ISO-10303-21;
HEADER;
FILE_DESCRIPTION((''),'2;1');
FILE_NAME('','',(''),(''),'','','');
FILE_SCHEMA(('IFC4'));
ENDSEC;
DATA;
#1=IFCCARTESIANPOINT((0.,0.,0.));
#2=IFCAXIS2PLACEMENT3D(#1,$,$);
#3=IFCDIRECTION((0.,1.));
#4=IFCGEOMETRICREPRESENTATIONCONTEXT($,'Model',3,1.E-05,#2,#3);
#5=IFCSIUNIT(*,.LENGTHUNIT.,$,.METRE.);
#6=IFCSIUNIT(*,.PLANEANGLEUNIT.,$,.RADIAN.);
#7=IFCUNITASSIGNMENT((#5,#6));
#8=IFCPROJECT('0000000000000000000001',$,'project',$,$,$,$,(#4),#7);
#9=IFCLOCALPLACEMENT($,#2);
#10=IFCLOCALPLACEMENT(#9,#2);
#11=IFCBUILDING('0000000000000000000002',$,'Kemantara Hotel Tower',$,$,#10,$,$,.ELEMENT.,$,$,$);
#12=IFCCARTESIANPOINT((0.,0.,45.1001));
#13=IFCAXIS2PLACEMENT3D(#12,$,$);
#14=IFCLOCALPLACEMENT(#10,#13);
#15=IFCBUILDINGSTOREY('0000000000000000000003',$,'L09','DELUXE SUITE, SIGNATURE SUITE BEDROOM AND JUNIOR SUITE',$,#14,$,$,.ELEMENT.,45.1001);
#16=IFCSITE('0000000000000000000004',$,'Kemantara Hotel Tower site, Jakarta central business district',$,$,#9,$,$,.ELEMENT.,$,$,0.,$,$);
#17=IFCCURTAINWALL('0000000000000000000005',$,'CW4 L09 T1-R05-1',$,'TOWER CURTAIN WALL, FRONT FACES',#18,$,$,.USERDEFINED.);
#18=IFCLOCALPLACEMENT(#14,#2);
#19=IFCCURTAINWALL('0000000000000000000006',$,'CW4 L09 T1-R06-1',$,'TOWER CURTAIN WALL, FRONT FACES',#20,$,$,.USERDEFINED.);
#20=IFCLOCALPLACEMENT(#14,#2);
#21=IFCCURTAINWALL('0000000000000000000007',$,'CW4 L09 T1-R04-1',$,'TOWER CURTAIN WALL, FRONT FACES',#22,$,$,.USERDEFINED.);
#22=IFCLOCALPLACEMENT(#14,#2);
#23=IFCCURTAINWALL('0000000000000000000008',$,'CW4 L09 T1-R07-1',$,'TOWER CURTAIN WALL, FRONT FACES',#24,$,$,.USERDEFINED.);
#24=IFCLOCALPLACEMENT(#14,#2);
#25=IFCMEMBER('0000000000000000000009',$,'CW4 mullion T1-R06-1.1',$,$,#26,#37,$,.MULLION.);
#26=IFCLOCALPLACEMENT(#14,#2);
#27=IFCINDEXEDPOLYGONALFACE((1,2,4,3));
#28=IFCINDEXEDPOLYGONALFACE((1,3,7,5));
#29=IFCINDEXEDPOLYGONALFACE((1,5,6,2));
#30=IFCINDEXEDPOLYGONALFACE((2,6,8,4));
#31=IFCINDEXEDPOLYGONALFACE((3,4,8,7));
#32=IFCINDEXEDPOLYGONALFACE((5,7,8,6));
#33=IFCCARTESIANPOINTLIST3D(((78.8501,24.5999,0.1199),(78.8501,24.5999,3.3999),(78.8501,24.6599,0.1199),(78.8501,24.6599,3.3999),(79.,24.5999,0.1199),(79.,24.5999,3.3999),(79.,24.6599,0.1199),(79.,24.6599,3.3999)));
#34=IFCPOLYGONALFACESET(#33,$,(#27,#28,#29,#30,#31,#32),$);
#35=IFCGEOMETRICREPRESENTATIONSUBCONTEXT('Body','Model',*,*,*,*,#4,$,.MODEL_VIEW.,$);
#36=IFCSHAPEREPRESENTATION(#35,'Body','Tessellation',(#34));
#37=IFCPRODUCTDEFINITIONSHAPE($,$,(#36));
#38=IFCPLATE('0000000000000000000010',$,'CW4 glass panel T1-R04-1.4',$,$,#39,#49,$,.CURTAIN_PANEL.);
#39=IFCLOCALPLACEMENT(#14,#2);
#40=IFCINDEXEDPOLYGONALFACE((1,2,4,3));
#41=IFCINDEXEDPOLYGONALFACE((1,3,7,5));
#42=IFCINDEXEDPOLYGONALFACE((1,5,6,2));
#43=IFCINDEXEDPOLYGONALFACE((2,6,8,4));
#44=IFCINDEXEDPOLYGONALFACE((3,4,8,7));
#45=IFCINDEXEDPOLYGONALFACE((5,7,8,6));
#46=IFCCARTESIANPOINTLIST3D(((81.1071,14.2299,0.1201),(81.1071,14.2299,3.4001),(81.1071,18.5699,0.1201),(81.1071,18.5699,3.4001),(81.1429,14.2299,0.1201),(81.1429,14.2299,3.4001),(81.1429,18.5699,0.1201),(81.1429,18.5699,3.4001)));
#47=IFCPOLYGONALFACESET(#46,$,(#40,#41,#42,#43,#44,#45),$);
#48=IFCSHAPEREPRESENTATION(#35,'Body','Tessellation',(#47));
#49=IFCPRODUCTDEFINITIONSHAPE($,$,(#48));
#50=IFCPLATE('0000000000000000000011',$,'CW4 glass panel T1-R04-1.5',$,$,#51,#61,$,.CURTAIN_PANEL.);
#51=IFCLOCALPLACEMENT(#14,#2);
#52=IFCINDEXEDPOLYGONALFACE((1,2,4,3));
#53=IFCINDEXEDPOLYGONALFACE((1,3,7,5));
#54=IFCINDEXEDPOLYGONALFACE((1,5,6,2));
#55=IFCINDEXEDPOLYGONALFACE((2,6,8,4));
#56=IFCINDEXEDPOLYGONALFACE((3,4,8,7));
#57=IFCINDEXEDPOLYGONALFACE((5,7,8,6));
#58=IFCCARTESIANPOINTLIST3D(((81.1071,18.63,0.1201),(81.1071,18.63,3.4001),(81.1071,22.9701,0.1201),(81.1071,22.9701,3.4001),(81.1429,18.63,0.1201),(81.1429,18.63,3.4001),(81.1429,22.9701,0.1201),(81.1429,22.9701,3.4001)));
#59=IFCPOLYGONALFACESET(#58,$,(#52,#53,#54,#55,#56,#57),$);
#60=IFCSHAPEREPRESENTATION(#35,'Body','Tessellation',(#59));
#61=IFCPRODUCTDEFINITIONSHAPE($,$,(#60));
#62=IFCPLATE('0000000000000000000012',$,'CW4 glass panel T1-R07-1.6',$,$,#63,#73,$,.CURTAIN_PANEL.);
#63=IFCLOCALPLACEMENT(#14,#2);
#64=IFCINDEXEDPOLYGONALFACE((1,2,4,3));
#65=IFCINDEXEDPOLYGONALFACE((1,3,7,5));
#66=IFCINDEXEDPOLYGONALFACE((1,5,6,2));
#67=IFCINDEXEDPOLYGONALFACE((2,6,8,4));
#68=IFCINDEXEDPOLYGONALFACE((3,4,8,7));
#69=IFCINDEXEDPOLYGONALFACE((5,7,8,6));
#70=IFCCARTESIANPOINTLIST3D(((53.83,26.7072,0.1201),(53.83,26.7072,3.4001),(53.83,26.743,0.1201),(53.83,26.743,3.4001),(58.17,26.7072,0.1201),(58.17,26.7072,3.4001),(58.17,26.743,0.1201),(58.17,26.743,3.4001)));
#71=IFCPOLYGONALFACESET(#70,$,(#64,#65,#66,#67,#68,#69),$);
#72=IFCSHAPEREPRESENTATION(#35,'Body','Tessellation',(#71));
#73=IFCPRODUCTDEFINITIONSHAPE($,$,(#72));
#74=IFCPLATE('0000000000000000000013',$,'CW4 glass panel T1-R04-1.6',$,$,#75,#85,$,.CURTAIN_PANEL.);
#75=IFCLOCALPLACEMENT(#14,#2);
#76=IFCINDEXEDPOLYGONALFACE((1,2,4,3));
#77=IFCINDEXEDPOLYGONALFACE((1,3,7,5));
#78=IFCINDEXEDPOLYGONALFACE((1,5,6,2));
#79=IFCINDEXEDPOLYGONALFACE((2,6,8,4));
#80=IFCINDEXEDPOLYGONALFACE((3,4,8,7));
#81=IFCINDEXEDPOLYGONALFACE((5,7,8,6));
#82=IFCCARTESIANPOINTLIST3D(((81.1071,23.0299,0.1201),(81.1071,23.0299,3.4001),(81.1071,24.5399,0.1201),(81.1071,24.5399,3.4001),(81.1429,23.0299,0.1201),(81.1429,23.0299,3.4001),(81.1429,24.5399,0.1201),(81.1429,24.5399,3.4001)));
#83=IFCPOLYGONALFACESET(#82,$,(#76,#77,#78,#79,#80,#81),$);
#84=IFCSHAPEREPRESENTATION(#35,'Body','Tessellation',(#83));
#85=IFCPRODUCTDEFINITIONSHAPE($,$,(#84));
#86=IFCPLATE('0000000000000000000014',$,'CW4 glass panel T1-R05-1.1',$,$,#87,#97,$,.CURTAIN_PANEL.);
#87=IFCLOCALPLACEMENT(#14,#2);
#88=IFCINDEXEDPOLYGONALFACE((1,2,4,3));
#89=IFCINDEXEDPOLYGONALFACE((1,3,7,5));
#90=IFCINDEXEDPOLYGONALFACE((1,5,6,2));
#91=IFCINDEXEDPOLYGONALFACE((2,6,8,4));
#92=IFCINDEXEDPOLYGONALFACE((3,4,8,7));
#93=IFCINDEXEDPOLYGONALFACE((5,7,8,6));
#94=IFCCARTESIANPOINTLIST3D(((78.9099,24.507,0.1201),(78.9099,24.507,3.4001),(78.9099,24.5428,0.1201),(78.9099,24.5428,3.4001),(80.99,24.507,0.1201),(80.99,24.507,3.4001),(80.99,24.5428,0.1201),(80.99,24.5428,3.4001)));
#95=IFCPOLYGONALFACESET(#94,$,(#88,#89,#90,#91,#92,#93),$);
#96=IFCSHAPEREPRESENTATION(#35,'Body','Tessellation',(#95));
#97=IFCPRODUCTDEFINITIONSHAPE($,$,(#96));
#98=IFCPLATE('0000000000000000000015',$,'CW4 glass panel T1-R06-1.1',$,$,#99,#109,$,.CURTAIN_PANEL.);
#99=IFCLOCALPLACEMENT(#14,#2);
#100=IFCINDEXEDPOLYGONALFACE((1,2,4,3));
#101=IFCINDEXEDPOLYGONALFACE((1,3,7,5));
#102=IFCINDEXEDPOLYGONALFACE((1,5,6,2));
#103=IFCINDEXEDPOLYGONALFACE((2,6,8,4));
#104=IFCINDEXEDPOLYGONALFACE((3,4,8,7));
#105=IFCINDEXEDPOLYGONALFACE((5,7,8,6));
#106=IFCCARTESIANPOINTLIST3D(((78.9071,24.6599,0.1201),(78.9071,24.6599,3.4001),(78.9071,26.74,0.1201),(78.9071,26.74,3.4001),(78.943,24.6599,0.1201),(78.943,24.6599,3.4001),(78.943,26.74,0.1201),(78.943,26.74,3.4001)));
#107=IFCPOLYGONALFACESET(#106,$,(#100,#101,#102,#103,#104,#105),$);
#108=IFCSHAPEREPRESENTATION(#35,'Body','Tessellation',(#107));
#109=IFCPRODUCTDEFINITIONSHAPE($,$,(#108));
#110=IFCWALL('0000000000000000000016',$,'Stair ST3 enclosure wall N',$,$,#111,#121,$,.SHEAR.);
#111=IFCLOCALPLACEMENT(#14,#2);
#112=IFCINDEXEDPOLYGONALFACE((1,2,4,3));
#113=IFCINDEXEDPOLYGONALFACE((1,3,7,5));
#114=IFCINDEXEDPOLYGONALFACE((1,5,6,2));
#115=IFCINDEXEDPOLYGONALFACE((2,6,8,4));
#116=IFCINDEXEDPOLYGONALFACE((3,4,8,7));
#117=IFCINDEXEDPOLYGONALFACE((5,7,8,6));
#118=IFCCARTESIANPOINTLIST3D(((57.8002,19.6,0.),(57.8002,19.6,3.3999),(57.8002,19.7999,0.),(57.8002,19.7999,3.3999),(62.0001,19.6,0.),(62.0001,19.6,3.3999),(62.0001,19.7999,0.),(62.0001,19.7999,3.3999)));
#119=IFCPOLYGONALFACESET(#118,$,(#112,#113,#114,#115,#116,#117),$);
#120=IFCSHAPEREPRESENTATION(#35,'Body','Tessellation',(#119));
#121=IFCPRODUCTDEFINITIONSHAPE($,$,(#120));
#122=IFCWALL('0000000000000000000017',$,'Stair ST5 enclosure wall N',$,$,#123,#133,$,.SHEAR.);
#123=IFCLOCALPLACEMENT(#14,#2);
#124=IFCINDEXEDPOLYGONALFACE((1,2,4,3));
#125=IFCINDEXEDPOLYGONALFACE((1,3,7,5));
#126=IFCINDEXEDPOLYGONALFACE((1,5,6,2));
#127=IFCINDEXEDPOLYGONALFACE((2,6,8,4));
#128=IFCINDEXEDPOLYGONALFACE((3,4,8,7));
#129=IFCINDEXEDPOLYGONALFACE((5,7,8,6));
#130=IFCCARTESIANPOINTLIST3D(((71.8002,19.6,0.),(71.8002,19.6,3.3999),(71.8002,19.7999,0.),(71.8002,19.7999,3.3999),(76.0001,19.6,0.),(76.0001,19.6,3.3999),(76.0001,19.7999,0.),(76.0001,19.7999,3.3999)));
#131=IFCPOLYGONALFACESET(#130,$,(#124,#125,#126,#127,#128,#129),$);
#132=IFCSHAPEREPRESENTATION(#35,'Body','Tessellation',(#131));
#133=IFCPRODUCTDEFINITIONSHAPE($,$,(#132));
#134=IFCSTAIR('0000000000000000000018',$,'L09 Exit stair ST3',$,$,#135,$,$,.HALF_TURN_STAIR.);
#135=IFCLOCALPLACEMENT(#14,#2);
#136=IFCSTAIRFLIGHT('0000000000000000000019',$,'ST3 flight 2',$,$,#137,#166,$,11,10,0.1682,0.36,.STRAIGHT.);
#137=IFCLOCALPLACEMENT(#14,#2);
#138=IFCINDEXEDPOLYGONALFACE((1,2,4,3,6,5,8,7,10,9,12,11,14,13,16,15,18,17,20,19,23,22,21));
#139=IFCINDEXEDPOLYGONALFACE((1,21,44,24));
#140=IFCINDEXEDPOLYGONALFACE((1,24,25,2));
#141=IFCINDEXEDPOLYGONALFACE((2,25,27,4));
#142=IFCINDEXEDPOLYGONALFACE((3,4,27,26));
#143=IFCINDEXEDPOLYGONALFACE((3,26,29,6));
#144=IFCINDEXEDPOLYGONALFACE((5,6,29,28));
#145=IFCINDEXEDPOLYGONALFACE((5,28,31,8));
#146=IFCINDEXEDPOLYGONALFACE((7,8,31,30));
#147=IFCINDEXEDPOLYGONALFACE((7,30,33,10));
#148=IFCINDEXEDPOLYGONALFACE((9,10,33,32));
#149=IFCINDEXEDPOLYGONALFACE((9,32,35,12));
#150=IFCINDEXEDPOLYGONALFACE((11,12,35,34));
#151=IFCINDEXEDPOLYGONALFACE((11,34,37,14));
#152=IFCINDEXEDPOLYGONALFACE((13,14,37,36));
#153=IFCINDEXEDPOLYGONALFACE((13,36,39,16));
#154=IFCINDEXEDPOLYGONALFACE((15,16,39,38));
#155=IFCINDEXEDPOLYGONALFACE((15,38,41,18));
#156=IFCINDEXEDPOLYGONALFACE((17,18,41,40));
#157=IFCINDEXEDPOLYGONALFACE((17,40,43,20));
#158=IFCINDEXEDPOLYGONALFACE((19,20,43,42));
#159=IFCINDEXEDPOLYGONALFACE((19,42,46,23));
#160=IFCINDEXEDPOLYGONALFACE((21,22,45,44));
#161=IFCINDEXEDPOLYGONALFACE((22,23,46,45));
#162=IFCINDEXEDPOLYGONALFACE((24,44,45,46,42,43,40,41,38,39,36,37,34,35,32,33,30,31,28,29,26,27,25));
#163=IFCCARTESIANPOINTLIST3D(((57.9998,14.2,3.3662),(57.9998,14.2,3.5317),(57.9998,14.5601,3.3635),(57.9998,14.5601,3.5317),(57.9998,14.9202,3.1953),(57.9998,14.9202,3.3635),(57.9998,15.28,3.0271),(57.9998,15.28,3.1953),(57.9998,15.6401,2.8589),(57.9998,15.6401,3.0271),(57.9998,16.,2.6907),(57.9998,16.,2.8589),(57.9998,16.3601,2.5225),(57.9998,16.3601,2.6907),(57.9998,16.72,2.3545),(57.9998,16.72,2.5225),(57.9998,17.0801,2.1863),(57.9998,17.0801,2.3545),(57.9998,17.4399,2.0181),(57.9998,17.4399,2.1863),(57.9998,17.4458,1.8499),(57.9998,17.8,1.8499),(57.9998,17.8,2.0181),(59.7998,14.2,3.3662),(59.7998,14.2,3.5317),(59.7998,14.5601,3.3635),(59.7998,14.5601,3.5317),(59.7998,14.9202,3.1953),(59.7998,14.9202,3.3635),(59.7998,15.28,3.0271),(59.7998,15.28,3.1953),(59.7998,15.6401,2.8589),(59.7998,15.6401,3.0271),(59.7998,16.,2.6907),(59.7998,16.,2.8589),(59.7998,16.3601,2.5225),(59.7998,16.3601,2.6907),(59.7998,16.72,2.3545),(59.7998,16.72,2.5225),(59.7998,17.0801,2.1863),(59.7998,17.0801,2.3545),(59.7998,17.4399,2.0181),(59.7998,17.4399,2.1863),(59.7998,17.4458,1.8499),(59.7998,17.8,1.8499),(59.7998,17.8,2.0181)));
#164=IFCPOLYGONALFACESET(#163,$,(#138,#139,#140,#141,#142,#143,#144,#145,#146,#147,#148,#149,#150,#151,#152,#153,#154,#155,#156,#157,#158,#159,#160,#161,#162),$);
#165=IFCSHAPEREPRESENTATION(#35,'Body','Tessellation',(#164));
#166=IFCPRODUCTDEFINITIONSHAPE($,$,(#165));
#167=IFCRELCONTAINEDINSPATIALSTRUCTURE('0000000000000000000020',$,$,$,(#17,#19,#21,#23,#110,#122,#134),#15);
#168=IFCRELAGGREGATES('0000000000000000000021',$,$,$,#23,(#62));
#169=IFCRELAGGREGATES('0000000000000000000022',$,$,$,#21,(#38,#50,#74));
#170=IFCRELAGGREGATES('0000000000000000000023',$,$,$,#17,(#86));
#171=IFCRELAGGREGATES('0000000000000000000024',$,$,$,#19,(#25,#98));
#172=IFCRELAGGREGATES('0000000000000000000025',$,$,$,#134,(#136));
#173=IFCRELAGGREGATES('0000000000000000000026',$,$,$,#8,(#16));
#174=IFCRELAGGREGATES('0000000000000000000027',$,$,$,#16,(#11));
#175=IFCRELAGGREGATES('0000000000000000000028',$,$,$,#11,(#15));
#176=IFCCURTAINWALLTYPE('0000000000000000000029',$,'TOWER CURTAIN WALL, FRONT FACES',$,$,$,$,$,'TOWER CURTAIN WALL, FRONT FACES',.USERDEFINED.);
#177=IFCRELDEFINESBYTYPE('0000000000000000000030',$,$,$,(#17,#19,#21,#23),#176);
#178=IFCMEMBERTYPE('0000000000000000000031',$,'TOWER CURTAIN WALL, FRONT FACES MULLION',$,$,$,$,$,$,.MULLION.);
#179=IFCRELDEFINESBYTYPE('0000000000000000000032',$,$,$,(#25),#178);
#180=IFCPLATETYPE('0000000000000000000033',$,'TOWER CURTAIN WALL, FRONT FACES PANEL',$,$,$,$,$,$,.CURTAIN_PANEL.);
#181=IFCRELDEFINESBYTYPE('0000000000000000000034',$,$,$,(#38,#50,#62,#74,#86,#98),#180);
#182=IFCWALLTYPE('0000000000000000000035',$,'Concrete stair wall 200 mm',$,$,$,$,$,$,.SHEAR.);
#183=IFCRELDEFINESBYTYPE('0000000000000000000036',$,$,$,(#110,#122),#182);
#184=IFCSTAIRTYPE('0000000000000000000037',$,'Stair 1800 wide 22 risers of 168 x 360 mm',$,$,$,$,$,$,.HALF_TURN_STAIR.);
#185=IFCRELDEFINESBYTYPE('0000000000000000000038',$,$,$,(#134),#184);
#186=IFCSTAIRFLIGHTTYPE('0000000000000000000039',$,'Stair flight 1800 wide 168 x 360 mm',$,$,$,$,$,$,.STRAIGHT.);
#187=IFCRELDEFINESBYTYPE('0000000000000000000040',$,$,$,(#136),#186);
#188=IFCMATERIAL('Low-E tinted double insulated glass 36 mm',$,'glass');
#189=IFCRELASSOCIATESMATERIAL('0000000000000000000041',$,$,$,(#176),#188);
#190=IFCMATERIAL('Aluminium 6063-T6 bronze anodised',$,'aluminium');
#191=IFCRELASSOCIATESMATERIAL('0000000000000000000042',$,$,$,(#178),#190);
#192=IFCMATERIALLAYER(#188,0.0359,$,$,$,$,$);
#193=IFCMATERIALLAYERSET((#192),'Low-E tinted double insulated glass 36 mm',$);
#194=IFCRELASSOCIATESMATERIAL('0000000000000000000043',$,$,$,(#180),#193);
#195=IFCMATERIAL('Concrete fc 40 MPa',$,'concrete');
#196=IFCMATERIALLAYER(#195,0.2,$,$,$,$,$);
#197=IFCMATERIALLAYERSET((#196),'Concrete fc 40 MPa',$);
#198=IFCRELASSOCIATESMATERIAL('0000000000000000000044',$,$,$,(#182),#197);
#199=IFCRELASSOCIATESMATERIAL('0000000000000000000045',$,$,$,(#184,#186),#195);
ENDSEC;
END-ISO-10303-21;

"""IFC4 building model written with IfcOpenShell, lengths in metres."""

from ifc_helpers import new_model, si_unit, direction, frame, frame_2d, origin, origin_2d, place, context, subcontext, project, spatial, polyline, rectangle, outline, extrude, source, transform, mapped, material, layer, layer_set, material_profile, profile_set, type_object, element, aggregate, save


model = new_model("IFC4")

# Units and contexts
model_context = context("Model", 3, precision=1e-05, world=origin(), true_north=direction((0.0, 1.0)))
body_context = subcontext(model_context, "Body", "Model", "MODEL_VIEW")
ifc_project = project(units=[si_unit("LENGTHUNIT", "METRE"), si_unit("PLANEANGLEUNIT", "RADIAN")], contexts=[model_context])

# Site, building, storey
site_placement = place(None, origin())
site = spatial("IfcSite", under=ifc_project, at=site_placement, Name="Kemantara Hotel Tower site, Jakarta central business district", CompositionType="ELEMENT", RefElevation=0.0)
building_placement = place(site_placement, origin())
building = spatial("IfcBuilding", under=site, at=building_placement, Name="Kemantara Hotel Tower", CompositionType="ELEMENT")
storey_placement = place(building_placement, frame((0.0, 0.0, 45.1001)))
storey = spatial("IfcBuildingStorey", under=building, at=storey_placement, Name="L09", Description="DELUXE SUITE, SIGNATURE SUITE BEDROOM AND JUNIOR SUITE", CompositionType="ELEMENT", Elevation=45.1001)

# Curtain walls
ifc_material_1 = material(Name="Low-E tinted double insulated glass 36 mm", Category="glass")
curtain_wall_type = type_object("IfcCurtainWallType", Name="TOWER CURTAIN WALL, FRONT FACES", ElementType="TOWER CURTAIN WALL, FRONT FACES", PredefinedType="USERDEFINED", material=ifc_material_1)
curtain_wall_1_placement = place(storey_placement, origin())
curtain_wall_1 = element("IfcCurtainWall", 1, at=curtain_wall_1_placement, inside=storey, type_object=curtain_wall_type, Name="CW4 L09 T1-R05-1", ObjectType="TOWER CURTAIN WALL, FRONT FACES", PredefinedType="USERDEFINED")
ifc_material_2 = material(Name="Aluminium 6063-T6 bronze anodised", Category="aluminium")
curtain_wall_2_placement = place(storey_placement, origin())
curtain_wall_2 = element("IfcCurtainWall", 2, at=curtain_wall_2_placement, inside=storey, type_object=curtain_wall_type, Name="CW4 L09 T1-R06-1", ObjectType="TOWER CURTAIN WALL, FRONT FACES", PredefinedType="USERDEFINED")

# Curtain walls
curtain_wall_3_placement = place(storey_placement, origin())
curtain_wall_3 = element("IfcCurtainWall", 3, at=curtain_wall_3_placement, inside=storey, type_object=curtain_wall_type, Name="CW4 L09 T1-R04-1", ObjectType="TOWER CURTAIN WALL, FRONT FACES", PredefinedType="USERDEFINED")
ifc_material_profile_1 = material_profile(ifc_material_2, rectangle(XDim=0.1499, YDim=0.0601, at=origin_2d()), Name="TOWER CURTAIN WALL, FRONT FACES MULLION")
ifc_profile_set_1 = profile_set([ifc_material_profile_1], Name="Aluminium 6063-T6 bronze anodised")
member_type_1 = type_object("IfcMemberType", Name="TOWER CURTAIN WALL, FRONT FACES MULLION", PredefinedType="MULLION", material=ifc_profile_set_1)
shared_shape_1 = source(origin(), body_context, "Body", "SweptSolid", [
    extrude(rectangle(XDim=0.1499, YDim=0.0601, at=origin_2d()), origin(), (0.0, 0.0, 1.0), 3.28),
])
curtain_wall_4_placement = place(storey_placement, origin())
curtain_wall_4 = element("IfcCurtainWall", 4, at=curtain_wall_4_placement, inside=storey, type_object=curtain_wall_type, Name="CW4 L09 T1-R07-1", ObjectType="TOWER CURTAIN WALL, FRONT FACES", PredefinedType="USERDEFINED")

# Member
member_1_placement = place(storey_placement, frame((78.925, 24.6299, 0.1199), z_axis=(0.0, 0.0, 1.0), x_axis=(-1.0, 0.0, 0.0)))
member_1 = element("IfcMember", 5, at=member_1_placement, type_object=member_type_1, Name="CW4 mullion T1-R06-1.1", PredefinedType="MULLION", context=body_context, shape_type="MappedRepresentation", body=[
    mapped(shared_shape_1, transform((0.0, 0.0, 0.0))),
])

# Plates
ifc_layer_1 = layer(ifc_material_1, 0.0359)
ifc_layer_set_1 = layer_set([ifc_layer_1], Name="Low-E tinted double insulated glass 36 mm")
plate_type = type_object("IfcPlateType", Name="TOWER CURTAIN WALL, FRONT FACES PANEL", PredefinedType="CURTAIN_PANEL", material=ifc_layer_set_1)
shared_shape_2 = source(origin(), body_context, "Body", "SweptSolid", [
    extrude(rectangle(XDim=4.3401, YDim=0.0359, at=origin_2d()), origin(), (0.0, 0.0, 1.0), 3.28),
])
plate_1_placement = place(storey_placement, frame((81.125, 16.3999, 0.1201), z_axis=(0.0, 0.0, 1.0), x_axis=(0.0, 1.0, 0.0)))
plate_1 = element("IfcPlate", 6, at=plate_1_placement, type_object=plate_type, Name="CW4 glass panel T1-R04-1.4", PredefinedType="CURTAIN_PANEL", context=body_context, shape_type="MappedRepresentation", body=[
    mapped(shared_shape_2, transform((0.0, 0.0, 0.0))),
])
plate_2_placement = place(storey_placement, frame((81.125, 20.8, 0.1201), z_axis=(0.0, 0.0, 1.0), x_axis=(0.0, 1.0, 0.0)))
plate_2 = element("IfcPlate", 7, at=plate_2_placement, type_object=plate_type, Name="CW4 glass panel T1-R04-1.5", PredefinedType="CURTAIN_PANEL", context=body_context, shape_type="MappedRepresentation", body=[
    mapped(shared_shape_2, transform((0.0, 0.0, 0.0))),
])
plate_3_placement = place(storey_placement, frame((56.0, 26.7251, 0.1201), z_axis=(0.0, 0.0, 1.0), x_axis=(-1.0, 0.0, 0.0)))
plate_3 = element("IfcPlate", 8, at=plate_3_placement, type_object=plate_type, Name="CW4 glass panel T1-R07-1.6", PredefinedType="CURTAIN_PANEL", context=body_context, shape_type="MappedRepresentation", body=[
    mapped(shared_shape_2, transform((0.0, 0.0, 0.0))),
])
aggregate(curtain_wall_4, [plate_3])
shared_shape_3 = source(origin(), body_context, "Body", "SweptSolid", [
    extrude(rectangle(XDim=1.51, YDim=0.0359, at=origin_2d()), origin(), (0.0, 0.0, 1.0), 3.28),
])
plate_4_placement = place(storey_placement, frame((81.125, 23.7849, 0.1201), z_axis=(0.0, 0.0, 1.0), x_axis=(0.0, 1.0, 0.0)))
plate_4 = element("IfcPlate", 9, at=plate_4_placement, type_object=plate_type, Name="CW4 glass panel T1-R04-1.6", PredefinedType="CURTAIN_PANEL", context=body_context, shape_type="MappedRepresentation", body=[
    mapped(shared_shape_3, transform((0.0, 0.0, 0.0))),
])
aggregate(curtain_wall_3, [plate_1, plate_2, plate_4])
shared_shape_4 = source(origin(), body_context, "Body", "SweptSolid", [
    extrude(rectangle(XDim=2.0801, YDim=0.0359, at=origin_2d()), origin(), (0.0, 0.0, 1.0), 3.28),
])
plate_5_placement = place(storey_placement, frame((79.95, 24.5249, 0.1201), z_axis=(0.0, 0.0, 1.0), x_axis=(-1.0, 0.0, 0.0)))
plate_5 = element("IfcPlate", 10, at=plate_5_placement, type_object=plate_type, Name="CW4 glass panel T1-R05-1.1", PredefinedType="CURTAIN_PANEL", context=body_context, shape_type="MappedRepresentation", body=[
    mapped(shared_shape_4, transform((0.0, 0.0, 0.0))),
])
aggregate(curtain_wall_1, [plate_5])
plate_6_placement = place(storey_placement, frame((78.925, 25.7, 0.1201), z_axis=(0.0, 0.0, 1.0), x_axis=(0.0, 1.0, 0.0)))
plate_6 = element("IfcPlate", 11, at=plate_6_placement, type_object=plate_type, Name="CW4 glass panel T1-R06-1.1", PredefinedType="CURTAIN_PANEL", context=body_context, shape_type="MappedRepresentation", body=[
    mapped(shared_shape_4, transform((0.0, 0.0, 0.0))),
])
aggregate(curtain_wall_2, [member_1, plate_6])

# Walls
ifc_material_3 = material(Name="Concrete fc 40 MPa", Category="concrete")
ifc_layer_2 = layer(ifc_material_3, 0.2)
ifc_layer_set_2 = layer_set([ifc_layer_2], Name="Concrete fc 40 MPa")
wall_type = type_object("IfcWallType", Name="Concrete stair wall 200 mm", PredefinedType="SHEAR", material=ifc_layer_set_2)
for number, where, z_axis, x_axis, name in (
    (12, (57.8, 19.7, 0.0), (0.0, 0.0, 1.0), (1.0, 0.0, 0.0), "Stair ST3 enclosure wall N"),
    (13, (71.8, 19.7, 0.0), (0.0, 0.0, 1.0), (1.0, 0.0, 0.0), "Stair ST5 enclosure wall N"),
):
    element("IfcWall", number, at=place(storey_placement, frame(where, z_axis=z_axis, x_axis=x_axis)), inside=storey, type_object=wall_type, Name=name, PredefinedType="SHEAR", context=body_context, shape_type="SweptSolid", body=[
        extrude(rectangle(XDim=4.2, YDim=0.2, at=frame_2d((2.1001, 0.0))), origin(), (0.0, 0.0, 1.0), 3.3999),
    ])

# Stair, stair flight
stair_type = type_object("IfcStairType", Name="Stair 1800 wide 22 risers of 168 x 360 mm", PredefinedType="HALF_TURN_STAIR", material=ifc_material_3)
stair_1_placement = place(storey_placement, origin())
stair_1 = element("IfcStair", 14, at=stair_1_placement, inside=storey, type_object=stair_type, Name="L09 Exit stair ST3", PredefinedType="HALF_TURN_STAIR")
stair_flight_type = type_object("IfcStairFlightType", Name="Stair flight 1800 wide 168 x 360 mm", PredefinedType="STRAIGHT", material=ifc_material_3)
stair_flight_1_placement = place(storey_placement, frame((58.8999, 17.8, 1.8499), z_axis=(0.0, 0.0, 1.0), x_axis=(0.0, -1.0, 0.0)))
stair_flight_1 = element("IfcStairFlight", 15, at=stair_flight_1_placement, type_object=stair_flight_type, Name="ST3 flight 2", NumberOfRisers=11, NumberOfTreads=10, PredefinedType="STRAIGHT", RiserHeight=0.1682, TreadLength=0.36, context=body_context, shape_type="SweptSolid", body=[
    extrude(outline(polyline([(0.0, 0.0), (0.0, 0.1682), (0.3601, 0.1682), (0.3601, 0.3364), (0.72, 0.3364), (0.72, 0.5046), (1.0801, 0.5046), (1.0801, 0.6726), (1.4399, 0.6726), (1.4399, 0.8408), (1.8, 0.8408), (1.8, 1.009), (2.1599, 1.009), (2.1599, 1.1772), (2.52, 1.1772), (2.52, 1.3455), (2.8799, 1.3455), (2.8799, 1.5137), (3.24, 1.5137), (3.24, 1.6819), (3.6001, 1.6819), (3.6001, 1.8501), (3.6001, 1.5164), (0.3542, 0.0), (0.0, 0.0)])), frame((0.0, 0.8999, 0.0), z_axis=(0.0, -1.0, 0.0), x_axis=(1.0, 0.0, 0.0)), (0.0, 0.0, 1.0), 1.8),
])
aggregate(stair_1, [stair_flight_1])

save(model, "model.ifc")
